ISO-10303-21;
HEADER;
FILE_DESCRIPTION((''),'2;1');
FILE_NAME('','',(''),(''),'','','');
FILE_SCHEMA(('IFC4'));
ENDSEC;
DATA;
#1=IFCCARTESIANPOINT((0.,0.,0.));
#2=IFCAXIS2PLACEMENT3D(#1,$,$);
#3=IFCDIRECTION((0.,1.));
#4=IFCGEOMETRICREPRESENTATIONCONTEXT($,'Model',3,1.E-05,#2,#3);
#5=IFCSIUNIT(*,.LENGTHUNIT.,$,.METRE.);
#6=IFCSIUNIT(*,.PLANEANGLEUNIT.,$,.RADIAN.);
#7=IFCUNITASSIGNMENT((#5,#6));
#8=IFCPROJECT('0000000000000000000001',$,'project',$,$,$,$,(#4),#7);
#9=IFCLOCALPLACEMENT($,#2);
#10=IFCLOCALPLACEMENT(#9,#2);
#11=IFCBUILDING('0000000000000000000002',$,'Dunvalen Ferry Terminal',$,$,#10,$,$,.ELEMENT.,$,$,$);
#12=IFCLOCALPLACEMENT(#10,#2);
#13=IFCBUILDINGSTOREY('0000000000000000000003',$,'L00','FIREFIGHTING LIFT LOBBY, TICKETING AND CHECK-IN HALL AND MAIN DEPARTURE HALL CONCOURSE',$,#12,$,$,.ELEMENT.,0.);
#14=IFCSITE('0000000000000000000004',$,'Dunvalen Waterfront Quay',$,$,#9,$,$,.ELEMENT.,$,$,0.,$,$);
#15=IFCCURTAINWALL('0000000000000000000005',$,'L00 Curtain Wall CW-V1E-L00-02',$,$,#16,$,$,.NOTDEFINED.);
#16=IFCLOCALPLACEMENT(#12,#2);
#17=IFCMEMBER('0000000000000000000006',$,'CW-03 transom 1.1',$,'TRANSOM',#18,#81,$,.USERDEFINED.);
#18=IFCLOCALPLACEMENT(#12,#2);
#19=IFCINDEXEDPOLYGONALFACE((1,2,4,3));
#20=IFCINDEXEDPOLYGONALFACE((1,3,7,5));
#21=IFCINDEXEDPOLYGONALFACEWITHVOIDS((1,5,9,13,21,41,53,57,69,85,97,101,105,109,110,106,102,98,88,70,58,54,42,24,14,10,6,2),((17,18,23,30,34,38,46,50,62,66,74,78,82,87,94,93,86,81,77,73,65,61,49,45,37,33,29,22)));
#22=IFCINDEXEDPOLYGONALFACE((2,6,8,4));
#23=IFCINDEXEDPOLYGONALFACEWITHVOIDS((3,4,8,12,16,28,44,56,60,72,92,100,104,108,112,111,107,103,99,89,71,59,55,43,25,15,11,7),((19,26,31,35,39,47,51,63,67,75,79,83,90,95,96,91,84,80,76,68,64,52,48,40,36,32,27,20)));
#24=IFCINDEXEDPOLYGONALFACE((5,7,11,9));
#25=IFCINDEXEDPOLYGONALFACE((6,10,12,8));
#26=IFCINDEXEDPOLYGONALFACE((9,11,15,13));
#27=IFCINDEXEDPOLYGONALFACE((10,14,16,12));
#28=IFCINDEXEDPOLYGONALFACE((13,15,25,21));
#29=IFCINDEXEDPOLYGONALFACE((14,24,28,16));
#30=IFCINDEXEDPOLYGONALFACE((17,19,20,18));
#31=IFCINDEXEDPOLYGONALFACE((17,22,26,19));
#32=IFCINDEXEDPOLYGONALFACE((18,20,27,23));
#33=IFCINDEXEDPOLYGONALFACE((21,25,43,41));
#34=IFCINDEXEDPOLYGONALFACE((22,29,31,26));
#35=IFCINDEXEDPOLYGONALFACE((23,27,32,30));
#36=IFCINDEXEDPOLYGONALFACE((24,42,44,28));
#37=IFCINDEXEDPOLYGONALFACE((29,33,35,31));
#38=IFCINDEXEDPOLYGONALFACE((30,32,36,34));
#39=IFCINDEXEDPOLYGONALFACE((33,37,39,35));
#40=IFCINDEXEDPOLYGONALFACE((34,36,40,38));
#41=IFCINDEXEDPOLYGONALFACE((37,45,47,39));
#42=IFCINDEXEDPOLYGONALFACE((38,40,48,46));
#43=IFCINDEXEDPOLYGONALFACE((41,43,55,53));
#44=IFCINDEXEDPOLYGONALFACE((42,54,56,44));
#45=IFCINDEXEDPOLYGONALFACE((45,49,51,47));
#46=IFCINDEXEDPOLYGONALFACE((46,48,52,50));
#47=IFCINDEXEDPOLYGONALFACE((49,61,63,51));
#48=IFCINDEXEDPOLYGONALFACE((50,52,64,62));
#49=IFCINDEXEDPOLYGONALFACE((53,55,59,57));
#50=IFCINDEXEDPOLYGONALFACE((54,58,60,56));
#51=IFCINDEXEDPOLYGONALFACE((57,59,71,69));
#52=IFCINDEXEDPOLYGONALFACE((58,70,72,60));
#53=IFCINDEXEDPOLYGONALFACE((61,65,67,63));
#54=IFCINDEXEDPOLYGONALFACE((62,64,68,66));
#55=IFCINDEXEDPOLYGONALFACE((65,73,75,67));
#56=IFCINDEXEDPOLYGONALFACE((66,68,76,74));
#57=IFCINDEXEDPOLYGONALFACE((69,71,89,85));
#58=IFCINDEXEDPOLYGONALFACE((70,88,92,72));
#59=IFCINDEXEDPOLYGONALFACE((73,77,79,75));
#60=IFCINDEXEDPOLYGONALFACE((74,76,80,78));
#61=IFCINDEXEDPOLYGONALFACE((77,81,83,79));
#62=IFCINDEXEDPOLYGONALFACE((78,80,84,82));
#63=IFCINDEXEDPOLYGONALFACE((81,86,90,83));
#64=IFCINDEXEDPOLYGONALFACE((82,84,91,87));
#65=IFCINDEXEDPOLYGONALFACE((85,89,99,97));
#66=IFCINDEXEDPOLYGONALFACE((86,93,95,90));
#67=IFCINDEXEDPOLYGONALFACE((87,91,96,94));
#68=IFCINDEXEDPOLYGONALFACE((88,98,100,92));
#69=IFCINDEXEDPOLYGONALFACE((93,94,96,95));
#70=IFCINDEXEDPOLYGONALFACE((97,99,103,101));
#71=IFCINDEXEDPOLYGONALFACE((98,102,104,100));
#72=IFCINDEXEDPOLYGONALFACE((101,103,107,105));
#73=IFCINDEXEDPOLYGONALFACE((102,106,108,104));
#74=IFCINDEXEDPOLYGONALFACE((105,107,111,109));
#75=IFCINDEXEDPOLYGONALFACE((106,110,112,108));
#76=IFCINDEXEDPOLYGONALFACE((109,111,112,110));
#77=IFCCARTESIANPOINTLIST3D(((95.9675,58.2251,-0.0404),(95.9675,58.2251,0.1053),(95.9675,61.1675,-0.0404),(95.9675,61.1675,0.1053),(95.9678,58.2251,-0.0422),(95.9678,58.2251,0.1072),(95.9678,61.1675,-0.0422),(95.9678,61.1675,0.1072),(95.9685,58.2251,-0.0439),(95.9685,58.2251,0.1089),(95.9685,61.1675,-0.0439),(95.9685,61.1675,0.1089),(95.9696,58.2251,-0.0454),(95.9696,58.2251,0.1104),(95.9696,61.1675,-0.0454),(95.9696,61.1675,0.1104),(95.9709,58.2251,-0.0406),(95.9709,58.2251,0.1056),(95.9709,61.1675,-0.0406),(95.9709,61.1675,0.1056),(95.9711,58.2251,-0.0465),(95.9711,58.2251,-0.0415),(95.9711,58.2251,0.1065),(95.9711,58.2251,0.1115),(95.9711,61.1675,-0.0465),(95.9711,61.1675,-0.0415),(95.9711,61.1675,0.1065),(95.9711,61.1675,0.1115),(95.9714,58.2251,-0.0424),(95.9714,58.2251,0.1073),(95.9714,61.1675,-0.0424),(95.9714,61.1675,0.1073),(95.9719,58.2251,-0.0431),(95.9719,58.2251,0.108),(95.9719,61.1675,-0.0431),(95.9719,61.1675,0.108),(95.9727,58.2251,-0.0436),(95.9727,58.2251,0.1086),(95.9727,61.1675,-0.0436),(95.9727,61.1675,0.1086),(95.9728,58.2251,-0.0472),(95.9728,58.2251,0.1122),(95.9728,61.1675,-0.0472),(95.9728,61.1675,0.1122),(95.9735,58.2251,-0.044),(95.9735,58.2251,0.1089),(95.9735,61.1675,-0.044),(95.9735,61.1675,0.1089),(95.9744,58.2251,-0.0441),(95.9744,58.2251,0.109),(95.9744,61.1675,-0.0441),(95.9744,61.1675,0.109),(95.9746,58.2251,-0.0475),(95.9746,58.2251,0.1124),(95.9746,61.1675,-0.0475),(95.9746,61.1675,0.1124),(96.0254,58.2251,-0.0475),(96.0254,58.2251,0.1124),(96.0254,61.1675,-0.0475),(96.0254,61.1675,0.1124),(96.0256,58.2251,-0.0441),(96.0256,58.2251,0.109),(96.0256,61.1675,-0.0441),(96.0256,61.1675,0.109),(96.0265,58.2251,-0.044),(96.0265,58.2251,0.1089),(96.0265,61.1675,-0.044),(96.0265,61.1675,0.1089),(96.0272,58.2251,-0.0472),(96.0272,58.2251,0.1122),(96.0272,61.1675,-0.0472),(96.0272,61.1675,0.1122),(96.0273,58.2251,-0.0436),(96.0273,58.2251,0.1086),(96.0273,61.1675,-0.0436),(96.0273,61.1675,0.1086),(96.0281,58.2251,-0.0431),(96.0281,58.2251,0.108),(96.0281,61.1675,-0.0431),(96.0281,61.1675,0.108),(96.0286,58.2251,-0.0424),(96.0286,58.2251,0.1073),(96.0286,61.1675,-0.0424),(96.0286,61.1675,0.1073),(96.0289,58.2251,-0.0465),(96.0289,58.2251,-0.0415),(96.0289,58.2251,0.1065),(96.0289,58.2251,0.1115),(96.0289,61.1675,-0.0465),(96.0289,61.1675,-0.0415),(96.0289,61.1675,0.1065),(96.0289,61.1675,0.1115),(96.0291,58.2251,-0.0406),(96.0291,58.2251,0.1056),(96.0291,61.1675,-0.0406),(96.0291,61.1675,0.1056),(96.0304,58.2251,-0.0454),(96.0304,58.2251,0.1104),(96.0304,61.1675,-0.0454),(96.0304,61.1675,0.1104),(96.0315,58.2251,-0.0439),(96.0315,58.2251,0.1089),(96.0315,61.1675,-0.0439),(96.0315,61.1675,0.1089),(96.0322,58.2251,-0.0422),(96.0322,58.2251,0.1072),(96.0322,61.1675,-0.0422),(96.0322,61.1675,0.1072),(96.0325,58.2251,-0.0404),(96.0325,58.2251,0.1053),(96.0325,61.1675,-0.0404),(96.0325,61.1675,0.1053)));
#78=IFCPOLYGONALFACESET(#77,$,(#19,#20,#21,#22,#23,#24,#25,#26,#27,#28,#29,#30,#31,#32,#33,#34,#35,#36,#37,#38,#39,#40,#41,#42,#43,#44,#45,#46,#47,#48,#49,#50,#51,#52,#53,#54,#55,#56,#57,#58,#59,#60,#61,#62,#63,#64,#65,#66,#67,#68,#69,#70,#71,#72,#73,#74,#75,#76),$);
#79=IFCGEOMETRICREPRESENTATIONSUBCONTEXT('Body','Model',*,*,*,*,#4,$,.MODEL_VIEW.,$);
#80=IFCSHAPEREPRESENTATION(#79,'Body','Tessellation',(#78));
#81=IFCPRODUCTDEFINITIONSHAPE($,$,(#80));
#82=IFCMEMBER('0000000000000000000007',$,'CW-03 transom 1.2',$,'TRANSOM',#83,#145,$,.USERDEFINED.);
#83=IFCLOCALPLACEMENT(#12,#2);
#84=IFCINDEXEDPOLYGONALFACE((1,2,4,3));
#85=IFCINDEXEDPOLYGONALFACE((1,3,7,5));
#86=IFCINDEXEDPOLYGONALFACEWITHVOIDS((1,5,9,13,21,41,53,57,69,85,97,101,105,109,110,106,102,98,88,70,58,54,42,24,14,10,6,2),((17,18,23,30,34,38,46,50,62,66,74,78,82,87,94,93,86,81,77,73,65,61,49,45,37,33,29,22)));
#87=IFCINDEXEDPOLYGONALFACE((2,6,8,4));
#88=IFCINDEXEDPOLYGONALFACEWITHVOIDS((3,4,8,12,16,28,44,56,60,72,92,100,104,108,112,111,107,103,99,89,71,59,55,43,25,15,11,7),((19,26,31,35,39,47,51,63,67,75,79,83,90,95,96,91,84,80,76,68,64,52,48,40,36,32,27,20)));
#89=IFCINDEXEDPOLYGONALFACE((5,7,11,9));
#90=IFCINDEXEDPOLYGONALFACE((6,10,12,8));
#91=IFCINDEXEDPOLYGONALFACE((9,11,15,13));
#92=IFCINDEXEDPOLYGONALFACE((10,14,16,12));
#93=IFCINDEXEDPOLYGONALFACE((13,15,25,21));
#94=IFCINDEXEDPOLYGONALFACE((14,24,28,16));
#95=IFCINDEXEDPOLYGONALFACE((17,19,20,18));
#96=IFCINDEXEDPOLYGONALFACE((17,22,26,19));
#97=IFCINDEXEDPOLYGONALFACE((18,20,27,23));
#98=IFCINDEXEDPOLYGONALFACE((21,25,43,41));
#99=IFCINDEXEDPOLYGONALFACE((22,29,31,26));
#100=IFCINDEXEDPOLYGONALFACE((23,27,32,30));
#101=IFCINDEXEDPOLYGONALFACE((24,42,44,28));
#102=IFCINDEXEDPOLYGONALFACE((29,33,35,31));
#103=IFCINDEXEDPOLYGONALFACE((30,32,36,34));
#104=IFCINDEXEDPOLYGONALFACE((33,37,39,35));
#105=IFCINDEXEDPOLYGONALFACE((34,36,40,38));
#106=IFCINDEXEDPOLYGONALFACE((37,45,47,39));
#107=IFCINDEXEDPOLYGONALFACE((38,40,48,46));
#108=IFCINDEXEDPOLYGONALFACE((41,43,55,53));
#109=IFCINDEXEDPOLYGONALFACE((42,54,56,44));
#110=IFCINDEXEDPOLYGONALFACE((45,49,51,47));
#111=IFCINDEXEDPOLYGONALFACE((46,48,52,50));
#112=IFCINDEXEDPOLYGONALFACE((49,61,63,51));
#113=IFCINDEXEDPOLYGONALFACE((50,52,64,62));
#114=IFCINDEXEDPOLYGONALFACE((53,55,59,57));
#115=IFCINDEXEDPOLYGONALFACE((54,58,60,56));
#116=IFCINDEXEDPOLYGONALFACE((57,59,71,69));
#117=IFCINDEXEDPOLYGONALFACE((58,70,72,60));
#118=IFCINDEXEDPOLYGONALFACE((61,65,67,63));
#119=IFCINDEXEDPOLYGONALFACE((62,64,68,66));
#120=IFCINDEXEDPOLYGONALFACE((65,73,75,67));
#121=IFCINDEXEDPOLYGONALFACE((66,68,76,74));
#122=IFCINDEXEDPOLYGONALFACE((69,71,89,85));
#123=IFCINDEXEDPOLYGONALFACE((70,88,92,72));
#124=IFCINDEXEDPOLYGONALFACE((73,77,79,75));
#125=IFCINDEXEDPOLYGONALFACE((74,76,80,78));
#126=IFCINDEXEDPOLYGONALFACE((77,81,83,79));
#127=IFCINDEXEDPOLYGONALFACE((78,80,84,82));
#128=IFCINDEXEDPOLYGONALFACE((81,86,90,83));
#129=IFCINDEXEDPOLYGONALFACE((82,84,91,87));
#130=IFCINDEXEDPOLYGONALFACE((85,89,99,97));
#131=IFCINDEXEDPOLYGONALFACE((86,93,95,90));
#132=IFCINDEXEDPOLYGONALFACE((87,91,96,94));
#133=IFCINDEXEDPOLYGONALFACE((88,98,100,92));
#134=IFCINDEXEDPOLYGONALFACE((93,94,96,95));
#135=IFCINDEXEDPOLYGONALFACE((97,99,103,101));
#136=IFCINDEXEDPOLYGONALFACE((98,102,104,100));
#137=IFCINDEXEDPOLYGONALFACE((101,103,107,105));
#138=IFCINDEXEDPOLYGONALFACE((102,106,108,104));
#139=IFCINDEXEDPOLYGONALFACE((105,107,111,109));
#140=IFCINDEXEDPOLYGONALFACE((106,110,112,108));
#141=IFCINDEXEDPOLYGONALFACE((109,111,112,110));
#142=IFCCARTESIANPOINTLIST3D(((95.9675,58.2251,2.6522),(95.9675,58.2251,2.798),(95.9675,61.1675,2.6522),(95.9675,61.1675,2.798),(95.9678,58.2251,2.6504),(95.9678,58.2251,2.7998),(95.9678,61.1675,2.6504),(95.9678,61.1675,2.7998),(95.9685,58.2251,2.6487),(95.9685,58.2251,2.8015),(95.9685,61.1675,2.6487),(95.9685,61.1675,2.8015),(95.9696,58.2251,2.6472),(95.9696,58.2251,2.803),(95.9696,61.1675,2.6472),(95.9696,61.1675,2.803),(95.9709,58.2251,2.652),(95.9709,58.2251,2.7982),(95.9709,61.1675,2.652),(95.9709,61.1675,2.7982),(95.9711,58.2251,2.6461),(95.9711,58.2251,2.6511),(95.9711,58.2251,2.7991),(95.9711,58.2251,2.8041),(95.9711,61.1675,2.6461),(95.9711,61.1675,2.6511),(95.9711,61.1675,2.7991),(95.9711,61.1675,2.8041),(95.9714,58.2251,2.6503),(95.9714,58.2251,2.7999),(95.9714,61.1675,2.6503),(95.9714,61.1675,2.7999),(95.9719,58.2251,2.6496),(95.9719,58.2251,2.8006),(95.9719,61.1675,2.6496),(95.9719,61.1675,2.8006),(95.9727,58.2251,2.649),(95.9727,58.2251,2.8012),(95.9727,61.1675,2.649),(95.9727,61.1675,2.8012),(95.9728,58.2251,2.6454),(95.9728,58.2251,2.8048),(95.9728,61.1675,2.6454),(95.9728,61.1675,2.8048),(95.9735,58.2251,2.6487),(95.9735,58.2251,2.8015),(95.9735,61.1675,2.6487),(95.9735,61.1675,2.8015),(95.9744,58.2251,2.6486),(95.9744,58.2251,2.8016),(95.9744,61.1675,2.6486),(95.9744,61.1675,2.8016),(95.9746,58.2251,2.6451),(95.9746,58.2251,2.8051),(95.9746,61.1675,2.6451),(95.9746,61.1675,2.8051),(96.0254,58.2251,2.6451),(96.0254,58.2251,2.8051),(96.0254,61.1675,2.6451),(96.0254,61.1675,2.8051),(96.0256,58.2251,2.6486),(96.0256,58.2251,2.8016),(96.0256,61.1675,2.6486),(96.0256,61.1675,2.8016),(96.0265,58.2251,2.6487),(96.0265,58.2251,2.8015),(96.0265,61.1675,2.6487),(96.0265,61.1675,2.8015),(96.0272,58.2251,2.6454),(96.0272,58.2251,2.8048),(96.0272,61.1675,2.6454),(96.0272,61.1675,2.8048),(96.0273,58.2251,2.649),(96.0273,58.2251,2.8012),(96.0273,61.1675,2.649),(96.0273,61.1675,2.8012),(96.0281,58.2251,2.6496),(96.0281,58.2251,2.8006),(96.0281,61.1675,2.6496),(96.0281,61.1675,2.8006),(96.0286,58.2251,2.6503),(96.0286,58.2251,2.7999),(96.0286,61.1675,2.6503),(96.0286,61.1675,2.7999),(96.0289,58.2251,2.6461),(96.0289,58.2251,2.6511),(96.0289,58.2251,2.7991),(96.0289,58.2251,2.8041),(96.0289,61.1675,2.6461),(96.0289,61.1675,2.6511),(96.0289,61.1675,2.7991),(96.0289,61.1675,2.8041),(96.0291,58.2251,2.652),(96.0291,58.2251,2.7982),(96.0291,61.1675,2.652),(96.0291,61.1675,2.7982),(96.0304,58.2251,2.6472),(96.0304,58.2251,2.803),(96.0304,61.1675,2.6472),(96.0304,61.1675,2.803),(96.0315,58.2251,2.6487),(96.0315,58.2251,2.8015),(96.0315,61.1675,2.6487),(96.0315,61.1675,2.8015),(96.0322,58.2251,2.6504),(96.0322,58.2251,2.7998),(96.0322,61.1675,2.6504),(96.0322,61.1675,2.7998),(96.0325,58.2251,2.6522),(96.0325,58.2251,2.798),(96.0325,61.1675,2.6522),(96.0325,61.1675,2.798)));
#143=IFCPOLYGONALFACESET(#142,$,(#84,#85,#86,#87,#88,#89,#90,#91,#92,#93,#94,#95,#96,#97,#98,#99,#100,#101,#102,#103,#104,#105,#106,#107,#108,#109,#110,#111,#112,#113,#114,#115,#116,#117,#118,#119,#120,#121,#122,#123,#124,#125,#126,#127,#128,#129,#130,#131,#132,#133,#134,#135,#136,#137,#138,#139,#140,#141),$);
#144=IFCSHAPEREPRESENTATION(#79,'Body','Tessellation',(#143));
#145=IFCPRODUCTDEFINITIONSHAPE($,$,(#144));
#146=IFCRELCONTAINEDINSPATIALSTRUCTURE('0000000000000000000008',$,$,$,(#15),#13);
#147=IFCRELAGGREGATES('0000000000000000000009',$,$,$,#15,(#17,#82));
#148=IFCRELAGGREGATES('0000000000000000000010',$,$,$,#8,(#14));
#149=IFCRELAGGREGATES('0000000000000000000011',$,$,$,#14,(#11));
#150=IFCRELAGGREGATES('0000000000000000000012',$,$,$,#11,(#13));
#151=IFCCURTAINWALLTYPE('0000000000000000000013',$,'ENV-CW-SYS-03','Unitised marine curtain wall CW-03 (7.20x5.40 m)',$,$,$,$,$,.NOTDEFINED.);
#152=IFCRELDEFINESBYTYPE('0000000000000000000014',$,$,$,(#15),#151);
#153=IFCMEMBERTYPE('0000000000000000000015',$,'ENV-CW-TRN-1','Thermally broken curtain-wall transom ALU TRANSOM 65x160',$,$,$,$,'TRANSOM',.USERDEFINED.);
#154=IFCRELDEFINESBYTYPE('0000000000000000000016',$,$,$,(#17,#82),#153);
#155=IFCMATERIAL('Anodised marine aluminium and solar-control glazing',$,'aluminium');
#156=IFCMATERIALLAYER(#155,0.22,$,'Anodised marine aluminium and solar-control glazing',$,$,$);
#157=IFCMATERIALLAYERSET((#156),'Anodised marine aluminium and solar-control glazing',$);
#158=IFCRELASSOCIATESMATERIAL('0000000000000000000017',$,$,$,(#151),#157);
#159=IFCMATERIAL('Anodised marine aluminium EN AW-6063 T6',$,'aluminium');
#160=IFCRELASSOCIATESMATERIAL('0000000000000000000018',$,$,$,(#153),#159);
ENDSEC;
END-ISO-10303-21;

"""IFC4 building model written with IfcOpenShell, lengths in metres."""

from ifc_helpers import new_model, si_unit, direction, frame, origin, origin_2d, place, context, subcontext, project, spatial, hollow_rectangle, extrude, material, layer, layer_set, material_profile, profile_set, type_object, element, aggregate, save


model = new_model("IFC4")

# Units and contexts
model_context = context("Model", 3, precision=1e-05, world=origin(), true_north=direction((0.0, 1.0)))
body_context = subcontext(model_context, "Body", "Model", "MODEL_VIEW")
ifc_project = project(units=[si_unit("LENGTHUNIT", "METRE"), si_unit("PLANEANGLEUNIT", "RADIAN")], contexts=[model_context])

# Site, building, storey
site_placement = place(None, origin())
site = spatial("IfcSite", under=ifc_project, at=site_placement, Name="Dunvalen Waterfront Quay", CompositionType="ELEMENT", RefElevation=0.0)
building_placement = place(site_placement, origin())
building = spatial("IfcBuilding", under=site, at=building_placement, Name="Dunvalen Ferry Terminal", CompositionType="ELEMENT")
storey_placement = place(building_placement, origin())
storey = spatial("IfcBuildingStorey", under=building, at=storey_placement, Name="L00", Description="FIREFIGHTING LIFT LOBBY, TICKETING AND CHECK-IN HALL AND MAIN DEPARTURE HALL CONCOURSE", CompositionType="ELEMENT", Elevation=0.0)

# Shared definitions
ifc_material_1 = material(Name="Anodised marine aluminium and solar-control glazing", Category="aluminium")
ifc_layer_1 = layer(ifc_material_1, 0.22, Name="Anodised marine aluminium and solar-control glazing")
ifc_layer_set_1 = layer_set([ifc_layer_1], Name="Anodised marine aluminium and solar-control glazing")
curtain_wall_type = type_object("IfcCurtainWallType", Name="ENV-CW-SYS-03", Description="Unitised marine curtain wall CW-03 (7.20x5.40 m)", PredefinedType="NOTDEFINED", material=ifc_layer_set_1)
ifc_material_2 = material(Name="Anodised marine aluminium EN AW-6063 T6", Category="aluminium")

# Curtain wall, members
curtain_wall_1_placement = place(storey_placement, origin())
curtain_wall_1 = element("IfcCurtainWall", 1, at=curtain_wall_1_placement, inside=storey, type_object=curtain_wall_type, Name="L00 Curtain Wall CW-V1E-L00-02", PredefinedType="NOTDEFINED")
ifc_material_profile_1 = material_profile(ifc_material_2, hollow_rectangle(XDim=0.0649, YDim=0.1599, WallThickness=0.0034, InnerFilletRadius=0.0034, OuterFilletRadius=0.0071, at=origin_2d()), Name="Anodised marine aluminium EN AW-6063 T6")
ifc_profile_set_1 = profile_set([ifc_material_profile_1], Name="Anodised marine aluminium EN AW-6063 T6")
member_type_1 = type_object("IfcMemberType", Name="ENV-CW-TRN-1", Description="Thermally broken curtain-wall transom ALU TRANSOM 65x160", ElementType="TRANSOM", PredefinedType="USERDEFINED", material=ifc_profile_set_1)
member_1_placement = place(storey_placement, frame((96.0, 58.2251, 0.0325), z_axis=(0.0, 1.0, 0.0), x_axis=(-1.0, 0.0, 0.0)))
member_1 = element("IfcMember", 2, at=member_1_placement, type_object=member_type_1, Name="CW-03 transom 1.1", ObjectType="TRANSOM", PredefinedType="USERDEFINED", context=body_context, shape_type="SweptSolid", body=[
    extrude(hollow_rectangle(XDim=0.0649, YDim=0.1599, WallThickness=0.0034, InnerFilletRadius=0.0034, OuterFilletRadius=0.0071, at=origin_2d()), origin(), (0.0, 0.0, 1.0), 2.9424),
])
member_2_placement = place(storey_placement, frame((96.0, 58.2251, 2.7251), z_axis=(0.0, 1.0, 0.0), x_axis=(-1.0, 0.0, 0.0)))
member_2 = element("IfcMember", 3, at=member_2_placement, type_object=member_type_1, Name="CW-03 transom 1.2", ObjectType="TRANSOM", PredefinedType="USERDEFINED", context=body_context, shape_type="SweptSolid", body=[
    extrude(hollow_rectangle(XDim=0.0649, YDim=0.1599, WallThickness=0.0034, InnerFilletRadius=0.0034, OuterFilletRadius=0.0071, at=origin_2d()), origin(), (0.0, 0.0, 1.0), 2.9424),
])
aggregate(curtain_wall_1, [member_1, member_2])

save(model, "model.ifc")
